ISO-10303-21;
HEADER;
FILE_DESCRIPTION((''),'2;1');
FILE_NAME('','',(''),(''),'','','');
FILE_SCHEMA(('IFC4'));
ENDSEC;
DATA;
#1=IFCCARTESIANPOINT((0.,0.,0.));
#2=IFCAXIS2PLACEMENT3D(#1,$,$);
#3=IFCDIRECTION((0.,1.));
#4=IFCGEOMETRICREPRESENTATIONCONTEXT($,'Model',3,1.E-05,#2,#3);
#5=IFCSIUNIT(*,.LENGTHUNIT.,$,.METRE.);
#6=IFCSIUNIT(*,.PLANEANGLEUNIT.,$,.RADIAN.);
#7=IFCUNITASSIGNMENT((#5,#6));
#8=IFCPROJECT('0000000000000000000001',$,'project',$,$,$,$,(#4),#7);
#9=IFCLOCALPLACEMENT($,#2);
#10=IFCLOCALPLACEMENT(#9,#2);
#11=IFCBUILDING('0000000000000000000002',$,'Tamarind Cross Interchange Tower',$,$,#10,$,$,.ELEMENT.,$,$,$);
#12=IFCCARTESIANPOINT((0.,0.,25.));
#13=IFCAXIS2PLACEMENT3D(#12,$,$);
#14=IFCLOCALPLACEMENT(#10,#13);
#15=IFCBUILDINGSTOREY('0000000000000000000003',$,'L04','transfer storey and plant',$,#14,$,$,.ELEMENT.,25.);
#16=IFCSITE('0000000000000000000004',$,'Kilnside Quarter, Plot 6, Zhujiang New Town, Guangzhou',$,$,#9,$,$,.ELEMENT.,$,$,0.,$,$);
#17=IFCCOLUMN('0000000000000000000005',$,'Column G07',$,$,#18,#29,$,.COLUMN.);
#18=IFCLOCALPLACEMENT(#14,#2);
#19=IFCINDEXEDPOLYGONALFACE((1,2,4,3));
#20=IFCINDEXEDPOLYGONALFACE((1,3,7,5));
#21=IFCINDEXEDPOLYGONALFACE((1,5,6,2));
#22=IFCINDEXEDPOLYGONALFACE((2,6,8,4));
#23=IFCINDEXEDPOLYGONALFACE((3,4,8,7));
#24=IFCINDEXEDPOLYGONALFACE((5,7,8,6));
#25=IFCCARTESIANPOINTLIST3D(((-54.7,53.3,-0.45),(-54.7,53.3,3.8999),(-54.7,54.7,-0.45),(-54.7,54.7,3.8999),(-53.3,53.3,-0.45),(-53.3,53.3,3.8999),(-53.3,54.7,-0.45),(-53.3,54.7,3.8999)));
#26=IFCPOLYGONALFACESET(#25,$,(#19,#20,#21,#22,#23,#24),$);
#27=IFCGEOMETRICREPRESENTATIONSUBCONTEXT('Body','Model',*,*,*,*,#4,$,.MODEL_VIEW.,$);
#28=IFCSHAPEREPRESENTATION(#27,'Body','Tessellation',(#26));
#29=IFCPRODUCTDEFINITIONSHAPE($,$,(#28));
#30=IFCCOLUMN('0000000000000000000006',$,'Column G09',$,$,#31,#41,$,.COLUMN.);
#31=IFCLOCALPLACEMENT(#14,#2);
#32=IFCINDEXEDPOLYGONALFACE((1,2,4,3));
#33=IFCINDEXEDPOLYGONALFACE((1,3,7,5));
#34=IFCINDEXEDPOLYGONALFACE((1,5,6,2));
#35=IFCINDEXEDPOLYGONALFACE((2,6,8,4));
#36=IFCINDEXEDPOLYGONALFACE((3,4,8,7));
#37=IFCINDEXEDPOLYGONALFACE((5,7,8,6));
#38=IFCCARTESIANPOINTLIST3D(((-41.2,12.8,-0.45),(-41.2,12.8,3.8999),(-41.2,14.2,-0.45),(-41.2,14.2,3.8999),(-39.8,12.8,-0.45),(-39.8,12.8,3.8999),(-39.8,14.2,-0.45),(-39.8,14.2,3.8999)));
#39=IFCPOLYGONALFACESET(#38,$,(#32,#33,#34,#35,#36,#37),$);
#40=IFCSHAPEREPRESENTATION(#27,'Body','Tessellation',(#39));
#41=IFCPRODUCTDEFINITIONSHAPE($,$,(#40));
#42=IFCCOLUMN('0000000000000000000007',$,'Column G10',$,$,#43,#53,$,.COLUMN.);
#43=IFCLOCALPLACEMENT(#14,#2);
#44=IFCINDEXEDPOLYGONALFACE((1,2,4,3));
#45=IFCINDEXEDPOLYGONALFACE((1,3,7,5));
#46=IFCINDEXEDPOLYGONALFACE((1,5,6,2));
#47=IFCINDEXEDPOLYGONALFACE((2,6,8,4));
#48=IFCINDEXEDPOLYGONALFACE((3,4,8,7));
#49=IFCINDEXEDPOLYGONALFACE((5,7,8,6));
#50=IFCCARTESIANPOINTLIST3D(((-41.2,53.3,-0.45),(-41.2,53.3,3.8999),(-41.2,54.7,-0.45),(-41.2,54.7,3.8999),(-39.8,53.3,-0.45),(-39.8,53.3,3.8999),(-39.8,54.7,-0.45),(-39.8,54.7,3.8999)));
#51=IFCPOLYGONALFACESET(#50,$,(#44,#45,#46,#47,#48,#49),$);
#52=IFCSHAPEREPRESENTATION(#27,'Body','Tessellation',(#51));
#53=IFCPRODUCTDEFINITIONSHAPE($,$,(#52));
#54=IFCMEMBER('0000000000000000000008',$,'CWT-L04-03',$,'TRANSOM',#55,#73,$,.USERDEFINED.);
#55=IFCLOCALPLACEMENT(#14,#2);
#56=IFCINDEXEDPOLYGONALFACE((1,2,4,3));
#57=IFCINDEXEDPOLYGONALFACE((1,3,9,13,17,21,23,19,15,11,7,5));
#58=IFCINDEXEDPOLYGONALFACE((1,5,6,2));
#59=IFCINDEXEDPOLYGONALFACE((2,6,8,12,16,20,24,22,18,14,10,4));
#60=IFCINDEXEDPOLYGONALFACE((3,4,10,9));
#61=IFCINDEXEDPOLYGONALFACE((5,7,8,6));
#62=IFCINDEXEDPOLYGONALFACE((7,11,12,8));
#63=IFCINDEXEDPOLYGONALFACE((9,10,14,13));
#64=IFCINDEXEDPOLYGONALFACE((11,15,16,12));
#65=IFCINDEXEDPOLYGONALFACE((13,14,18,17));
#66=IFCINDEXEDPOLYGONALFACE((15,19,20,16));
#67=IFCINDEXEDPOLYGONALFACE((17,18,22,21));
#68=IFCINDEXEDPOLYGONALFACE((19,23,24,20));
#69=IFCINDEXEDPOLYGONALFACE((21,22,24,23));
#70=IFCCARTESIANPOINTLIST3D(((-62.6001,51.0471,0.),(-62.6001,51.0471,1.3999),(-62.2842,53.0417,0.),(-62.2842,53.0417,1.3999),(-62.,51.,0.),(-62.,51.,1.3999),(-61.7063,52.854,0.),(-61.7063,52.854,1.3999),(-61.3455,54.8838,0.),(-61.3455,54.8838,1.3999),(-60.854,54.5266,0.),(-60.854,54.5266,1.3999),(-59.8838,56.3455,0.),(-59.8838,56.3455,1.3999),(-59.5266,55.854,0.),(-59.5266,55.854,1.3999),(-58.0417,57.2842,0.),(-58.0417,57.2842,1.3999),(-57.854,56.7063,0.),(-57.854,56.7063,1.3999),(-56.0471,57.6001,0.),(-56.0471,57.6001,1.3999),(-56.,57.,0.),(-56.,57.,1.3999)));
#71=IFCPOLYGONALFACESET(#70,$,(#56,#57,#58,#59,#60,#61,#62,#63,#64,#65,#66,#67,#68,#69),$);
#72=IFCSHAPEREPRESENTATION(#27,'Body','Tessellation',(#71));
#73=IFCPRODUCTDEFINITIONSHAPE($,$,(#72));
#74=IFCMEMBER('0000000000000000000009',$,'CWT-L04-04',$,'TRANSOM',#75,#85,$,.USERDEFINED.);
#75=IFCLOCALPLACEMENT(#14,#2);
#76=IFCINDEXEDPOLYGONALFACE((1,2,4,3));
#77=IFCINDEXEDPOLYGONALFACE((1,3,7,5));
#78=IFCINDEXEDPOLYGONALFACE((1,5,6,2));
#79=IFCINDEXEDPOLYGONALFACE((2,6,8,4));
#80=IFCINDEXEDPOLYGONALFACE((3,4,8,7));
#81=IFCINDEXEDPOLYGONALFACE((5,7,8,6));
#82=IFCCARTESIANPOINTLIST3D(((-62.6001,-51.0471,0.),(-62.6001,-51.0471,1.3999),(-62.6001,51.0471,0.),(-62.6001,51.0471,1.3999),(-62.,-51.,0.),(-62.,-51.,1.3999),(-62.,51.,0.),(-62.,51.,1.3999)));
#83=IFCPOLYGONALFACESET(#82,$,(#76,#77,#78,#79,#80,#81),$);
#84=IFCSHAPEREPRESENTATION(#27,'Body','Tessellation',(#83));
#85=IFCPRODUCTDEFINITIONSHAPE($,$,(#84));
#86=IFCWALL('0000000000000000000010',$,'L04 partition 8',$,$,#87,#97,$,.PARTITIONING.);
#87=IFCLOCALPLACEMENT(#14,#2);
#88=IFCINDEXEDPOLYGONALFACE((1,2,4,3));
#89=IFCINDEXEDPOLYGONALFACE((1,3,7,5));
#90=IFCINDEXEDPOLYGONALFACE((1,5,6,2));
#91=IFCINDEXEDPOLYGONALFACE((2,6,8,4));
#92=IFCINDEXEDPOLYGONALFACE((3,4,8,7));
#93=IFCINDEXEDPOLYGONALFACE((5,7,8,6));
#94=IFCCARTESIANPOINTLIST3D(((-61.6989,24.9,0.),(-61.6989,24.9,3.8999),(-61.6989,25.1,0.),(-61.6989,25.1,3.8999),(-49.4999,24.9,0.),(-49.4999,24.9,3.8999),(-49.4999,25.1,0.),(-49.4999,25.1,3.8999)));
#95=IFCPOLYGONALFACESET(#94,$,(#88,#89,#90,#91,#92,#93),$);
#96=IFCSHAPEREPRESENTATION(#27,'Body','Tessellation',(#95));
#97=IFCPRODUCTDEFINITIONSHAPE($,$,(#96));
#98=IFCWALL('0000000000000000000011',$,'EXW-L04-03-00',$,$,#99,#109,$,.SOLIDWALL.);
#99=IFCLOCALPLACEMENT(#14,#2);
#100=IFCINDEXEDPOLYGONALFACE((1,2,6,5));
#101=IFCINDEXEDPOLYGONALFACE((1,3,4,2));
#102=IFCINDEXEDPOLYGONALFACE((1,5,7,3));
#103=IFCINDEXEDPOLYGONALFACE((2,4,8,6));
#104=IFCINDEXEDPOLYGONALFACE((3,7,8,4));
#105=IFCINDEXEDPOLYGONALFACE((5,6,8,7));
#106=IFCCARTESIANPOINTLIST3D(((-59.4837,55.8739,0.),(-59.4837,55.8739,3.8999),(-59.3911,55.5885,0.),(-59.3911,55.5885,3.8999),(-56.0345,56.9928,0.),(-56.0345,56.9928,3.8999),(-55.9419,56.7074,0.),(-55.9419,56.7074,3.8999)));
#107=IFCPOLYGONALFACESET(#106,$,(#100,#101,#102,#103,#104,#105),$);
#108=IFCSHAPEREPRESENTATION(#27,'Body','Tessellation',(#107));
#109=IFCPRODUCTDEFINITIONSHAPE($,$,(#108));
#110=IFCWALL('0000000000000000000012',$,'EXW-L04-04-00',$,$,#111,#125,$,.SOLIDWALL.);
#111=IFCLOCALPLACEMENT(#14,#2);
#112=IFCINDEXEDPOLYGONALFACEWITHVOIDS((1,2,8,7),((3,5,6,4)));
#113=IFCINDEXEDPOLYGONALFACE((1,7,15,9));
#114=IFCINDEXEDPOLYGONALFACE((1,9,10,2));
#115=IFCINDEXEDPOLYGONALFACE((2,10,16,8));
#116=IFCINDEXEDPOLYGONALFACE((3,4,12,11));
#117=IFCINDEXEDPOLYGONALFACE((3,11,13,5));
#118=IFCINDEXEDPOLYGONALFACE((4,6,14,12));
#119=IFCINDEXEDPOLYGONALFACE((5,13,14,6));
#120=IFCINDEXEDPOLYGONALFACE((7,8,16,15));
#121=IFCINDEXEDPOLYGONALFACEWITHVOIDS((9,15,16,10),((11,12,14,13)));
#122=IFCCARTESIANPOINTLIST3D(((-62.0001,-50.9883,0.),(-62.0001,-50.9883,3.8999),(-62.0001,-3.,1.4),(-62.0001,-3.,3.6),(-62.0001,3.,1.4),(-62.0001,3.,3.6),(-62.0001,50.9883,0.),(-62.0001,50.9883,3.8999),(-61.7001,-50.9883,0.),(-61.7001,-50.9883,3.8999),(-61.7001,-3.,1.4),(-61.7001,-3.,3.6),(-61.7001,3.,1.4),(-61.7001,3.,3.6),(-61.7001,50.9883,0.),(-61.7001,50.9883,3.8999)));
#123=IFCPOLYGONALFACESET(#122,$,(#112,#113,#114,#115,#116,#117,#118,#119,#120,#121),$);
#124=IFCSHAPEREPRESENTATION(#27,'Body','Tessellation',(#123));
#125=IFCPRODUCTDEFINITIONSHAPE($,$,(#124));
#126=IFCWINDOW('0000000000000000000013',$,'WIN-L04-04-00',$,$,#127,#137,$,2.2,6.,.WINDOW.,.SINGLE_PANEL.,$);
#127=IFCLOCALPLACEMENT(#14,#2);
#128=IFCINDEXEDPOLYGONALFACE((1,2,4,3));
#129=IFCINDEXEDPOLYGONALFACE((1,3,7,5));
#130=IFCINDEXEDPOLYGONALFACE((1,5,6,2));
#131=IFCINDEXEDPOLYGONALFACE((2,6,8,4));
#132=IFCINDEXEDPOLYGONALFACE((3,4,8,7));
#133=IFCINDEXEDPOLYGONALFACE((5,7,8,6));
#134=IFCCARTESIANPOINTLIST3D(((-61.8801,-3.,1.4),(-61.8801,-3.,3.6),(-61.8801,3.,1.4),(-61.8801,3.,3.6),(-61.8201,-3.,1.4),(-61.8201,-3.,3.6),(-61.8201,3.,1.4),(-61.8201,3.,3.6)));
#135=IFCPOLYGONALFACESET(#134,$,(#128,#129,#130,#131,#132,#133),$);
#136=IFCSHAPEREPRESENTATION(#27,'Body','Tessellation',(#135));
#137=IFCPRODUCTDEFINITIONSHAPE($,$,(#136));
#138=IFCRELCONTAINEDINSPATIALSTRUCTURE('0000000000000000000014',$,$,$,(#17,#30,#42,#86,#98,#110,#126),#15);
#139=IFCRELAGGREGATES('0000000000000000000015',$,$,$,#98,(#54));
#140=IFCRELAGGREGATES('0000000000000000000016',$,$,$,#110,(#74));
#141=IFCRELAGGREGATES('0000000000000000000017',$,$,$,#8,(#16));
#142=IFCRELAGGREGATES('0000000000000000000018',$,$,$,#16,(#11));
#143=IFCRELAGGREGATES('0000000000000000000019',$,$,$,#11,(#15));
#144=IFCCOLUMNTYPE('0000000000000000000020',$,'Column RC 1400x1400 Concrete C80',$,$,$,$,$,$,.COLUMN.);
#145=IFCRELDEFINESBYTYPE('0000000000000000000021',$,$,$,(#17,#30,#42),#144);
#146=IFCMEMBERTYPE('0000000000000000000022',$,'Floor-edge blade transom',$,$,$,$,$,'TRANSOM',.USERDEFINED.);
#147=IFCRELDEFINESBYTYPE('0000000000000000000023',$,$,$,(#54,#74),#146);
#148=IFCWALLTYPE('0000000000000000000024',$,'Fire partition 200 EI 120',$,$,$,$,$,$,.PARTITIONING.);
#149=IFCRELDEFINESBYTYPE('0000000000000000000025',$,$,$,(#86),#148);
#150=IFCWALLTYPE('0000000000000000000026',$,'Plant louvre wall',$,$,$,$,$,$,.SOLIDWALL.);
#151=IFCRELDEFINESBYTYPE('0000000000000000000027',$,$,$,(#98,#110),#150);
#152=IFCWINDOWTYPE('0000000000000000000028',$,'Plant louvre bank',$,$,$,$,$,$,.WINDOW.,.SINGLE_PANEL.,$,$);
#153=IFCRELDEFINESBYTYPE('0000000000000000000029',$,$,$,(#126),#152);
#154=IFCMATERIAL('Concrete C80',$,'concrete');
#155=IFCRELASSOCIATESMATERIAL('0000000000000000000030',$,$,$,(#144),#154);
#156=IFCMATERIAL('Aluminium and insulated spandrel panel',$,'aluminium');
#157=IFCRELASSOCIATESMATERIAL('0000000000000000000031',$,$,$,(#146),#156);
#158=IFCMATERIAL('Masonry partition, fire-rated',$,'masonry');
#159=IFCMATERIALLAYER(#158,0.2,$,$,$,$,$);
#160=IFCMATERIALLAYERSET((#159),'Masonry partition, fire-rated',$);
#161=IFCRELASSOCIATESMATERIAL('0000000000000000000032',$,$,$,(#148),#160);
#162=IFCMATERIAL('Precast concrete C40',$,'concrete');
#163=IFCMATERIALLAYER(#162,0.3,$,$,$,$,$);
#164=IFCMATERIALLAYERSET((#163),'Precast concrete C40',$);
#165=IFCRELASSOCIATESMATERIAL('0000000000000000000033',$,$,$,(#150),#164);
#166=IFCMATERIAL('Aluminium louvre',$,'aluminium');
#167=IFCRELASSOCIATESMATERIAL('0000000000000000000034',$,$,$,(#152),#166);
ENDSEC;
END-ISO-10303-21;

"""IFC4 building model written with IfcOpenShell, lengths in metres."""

from ifc_helpers import new_model, si_unit, direction, frame, frame_2d, origin, origin_2d, place, context, subcontext, project, spatial, polyline, rectangle, outline, extrude, material, layer, layer_set, material_profile, profile_set, type_object, element, fill, aggregate, save


model = new_model("IFC4")

# Units and contexts
model_context = context("Model", 3, precision=1e-05, world=origin(), true_north=direction((0.0, 1.0)))
body_context = subcontext(model_context, "Body", "Model", "MODEL_VIEW")
ifc_project = project(units=[si_unit("LENGTHUNIT", "METRE"), si_unit("PLANEANGLEUNIT", "RADIAN")], contexts=[model_context])

# Site, building, storey
site_placement = place(None, origin())
site = spatial("IfcSite", under=ifc_project, at=site_placement, Name="Kilnside Quarter, Plot 6, Zhujiang New Town, Guangzhou", CompositionType="ELEMENT", RefElevation=0.0)
building_placement = place(site_placement, origin())
building = spatial("IfcBuilding", under=site, at=building_placement, Name="Tamarind Cross Interchange Tower", CompositionType="ELEMENT")
storey_placement = place(building_placement, frame((0.0, 0.0, 25.0)))
storey = spatial("IfcBuildingStorey", under=building, at=storey_placement, Name="L04", Description="transfer storey and plant", CompositionType="ELEMENT", Elevation=25.0)

# Columns
ifc_material_1 = material(Name="Concrete C80", Category="concrete")
ifc_material_profile = material_profile(ifc_material_1, rectangle(XDim=1.3999, YDim=1.3999, at=origin_2d()), Name="RC 1400x1400")
ifc_profile_set = profile_set([ifc_material_profile], Name="Concrete C80")
column_type = type_object("IfcColumnType", Name="Column RC 1400x1400 Concrete C80", PredefinedType="COLUMN", material=ifc_profile_set)
for number, where, z_axis, x_axis, name in (
    (1, (-54.0, 54.0, -0.45), (0.0, 0.0, 1.0), (1.0, 0.0, 0.0), "Column G07"),
    (2, (-40.5, 13.5, -0.45), (0.0, 0.0, 1.0), (1.0, 0.0, 0.0), "Column G09"),
    (3, (-40.5, 54.0, -0.45), (0.0, 0.0, 1.0), (1.0, 0.0, 0.0), "Column G10"),
):
    element("IfcColumn", number, at=place(storey_placement, frame(where, z_axis=z_axis, x_axis=x_axis)), inside=storey, type_object=column_type, Name=name, PredefinedType="COLUMN", context=body_context, shape_type="SweptSolid", body=[
        extrude(rectangle(XDim=1.3999, YDim=1.3999, at=origin_2d()), origin(), (0.0, 0.0, 1.0), 4.3499),
    ])

# Members
ifc_material_2 = material(Name="Aluminium and insulated spandrel panel", Category="aluminium")
member_type = type_object("IfcMemberType", Name="Floor-edge blade transom", ElementType="TRANSOM", PredefinedType="USERDEFINED", material=ifc_material_2)
member_1_placement = place(storey_placement, origin())
member_1 = element("IfcMember", 4, at=member_1_placement, type_object=member_type, Name="CWT-L04-03", ObjectType="TRANSOM", PredefinedType="USERDEFINED", context=body_context, shape_type="SweptSolid", body=[
    extrude(outline(polyline([(-56.0, 57.0), (-57.854, 56.7063), (-59.5266, 55.854), (-60.854, 54.5266), (-61.7063, 52.854), (-62.0, 51.0), (-62.6001, 51.0471), (-62.2842, 53.0417), (-61.3455, 54.8838), (-59.8838, 56.3455), (-58.0417, 57.2842), (-56.0471, 57.6001), (-56.0, 57.0)])), origin(), (0.0, 0.0, 1.0), 1.3999),
])
member_2_placement = place(storey_placement, origin())
member_2 = element("IfcMember", 5, at=member_2_placement, type_object=member_type, Name="CWT-L04-04", ObjectType="TRANSOM", PredefinedType="USERDEFINED", context=body_context, shape_type="SweptSolid", body=[
    extrude(outline(polyline([(-62.0, 51.0), (-62.0, -51.0), (-62.6001, -51.0471), (-62.6001, 51.0471), (-62.0, 51.0)])), origin(), (0.0, 0.0, 1.0), 1.3999),
])

# Wall
ifc_material_3 = material(Name="Masonry partition, fire-rated", Category="masonry")
ifc_layer_1 = layer(ifc_material_3, 0.2)
ifc_layer_set_1 = layer_set([ifc_layer_1], Name="Masonry partition, fire-rated")
wall_type_1 = type_object("IfcWallType", Name="Fire partition 200 EI 120", PredefinedType="PARTITIONING", material=ifc_layer_set_1)
wall_1_placement = place(storey_placement, frame((-61.699, 25.0, 0.0), z_axis=(0.0, 0.0, 1.0), x_axis=(1.0, 0.0, 0.0)))
element("IfcWall", 6, at=wall_1_placement, inside=storey, type_object=wall_type_1, Name="L04 partition 8", PredefinedType="PARTITIONING", context=body_context, shape_type="SweptSolid", body=[
    extrude(rectangle(XDim=12.199, YDim=0.2, at=frame_2d((6.0996, 0.0))), origin(), (0.0, 0.0, 1.0), 3.8999),
])

# Wall
ifc_material_4 = material(Name="Precast concrete C40", Category="concrete")
ifc_layer_2 = layer(ifc_material_4, 0.3)
ifc_layer_set_2 = layer_set([ifc_layer_2], Name="Precast concrete C40")
wall_type_2 = type_object("IfcWallType", Name="Plant louvre wall", PredefinedType="SOLIDWALL", material=ifc_layer_set_2)
wall_2_placement = place(storey_placement, frame((-55.9883, 56.8501, 0.0), z_axis=(0.0, 0.0, 1.0), x_axis=(-0.951204, -0.308562, 0.0)))
wall_2 = element("IfcWall", 7, at=wall_2_placement, inside=storey, type_object=wall_type_2, Name="EXW-L04-03-00", PredefinedType="SOLIDWALL", context=body_context, shape_type="SweptSolid", body=[
    extrude(rectangle(XDim=3.6262, YDim=0.3, at=frame_2d((1.813, 0.0))), origin(), (0.0, 0.0, 1.0), 3.8999),
])
aggregate(wall_2, [member_1])

# Shared definitions
ifc_material_5 = material(Name="Aluminium louvre", Category="aluminium")
window_type_1 = type_object("IfcWindowType", Name="Plant louvre bank", PartitioningType="SINGLE_PANEL", PredefinedType="WINDOW", material=ifc_material_5)

# Wall, opening, window
wall_3_placement = place(storey_placement, frame((-61.8501, 50.9883, 0.0), z_axis=(0.0, 0.0, 1.0), x_axis=(0.0, -1.0, 0.0)))
wall_3 = element("IfcWall", 8, at=wall_3_placement, inside=storey, type_object=wall_type_2, Name="EXW-L04-04-00", PredefinedType="SOLIDWALL", context=body_context, shape_type="SweptSolid", body=[
    extrude(rectangle(XDim=101.9766, YDim=0.3, at=frame_2d((50.9883, 0.0))), origin(), (0.0, 0.0, 1.0), 3.8999),
])
opening_1_placement = place(wall_3_placement, frame((47.9883, 0.0, 1.3999)))
opening_1 = element("IfcOpeningElement", 9, at=opening_1_placement, cuts=wall_3, PredefinedType="OPENING", context=body_context, shape_type="SweptSolid", body=[
    extrude(rectangle(XDim=6.0, YDim=2.2, at=frame_2d((3.0, 1.1001))), frame((0.0, 0.1599, 0.0), z_axis=(0.0, -1.0, 0.0), x_axis=(1.0, 0.0, 0.0)), (0.0, 0.0, 1.0), 0.3201),
])
window_1_placement = place(opening_1_placement, origin())
window_1 = element("IfcWindow", 10, at=window_1_placement, inside=storey, type_object=window_type_1, Name="WIN-L04-04-00", OverallHeight=2.2, OverallWidth=6.0, PartitioningType="SINGLE_PANEL", PredefinedType="WINDOW", context=body_context, shape_type="SweptSolid", body=[
    extrude(rectangle(XDim=6.0, YDim=2.2, at=frame_2d((3.0, 1.1001))), frame((0.0, 0.03, 0.0), z_axis=(0.0, -1.0, 0.0), x_axis=(1.0, 0.0, 0.0)), (0.0, 0.0, 1.0), 0.0601),
])
fill(opening_1, window_1)
aggregate(wall_3, [member_2])

save(model, "model.ifc")
